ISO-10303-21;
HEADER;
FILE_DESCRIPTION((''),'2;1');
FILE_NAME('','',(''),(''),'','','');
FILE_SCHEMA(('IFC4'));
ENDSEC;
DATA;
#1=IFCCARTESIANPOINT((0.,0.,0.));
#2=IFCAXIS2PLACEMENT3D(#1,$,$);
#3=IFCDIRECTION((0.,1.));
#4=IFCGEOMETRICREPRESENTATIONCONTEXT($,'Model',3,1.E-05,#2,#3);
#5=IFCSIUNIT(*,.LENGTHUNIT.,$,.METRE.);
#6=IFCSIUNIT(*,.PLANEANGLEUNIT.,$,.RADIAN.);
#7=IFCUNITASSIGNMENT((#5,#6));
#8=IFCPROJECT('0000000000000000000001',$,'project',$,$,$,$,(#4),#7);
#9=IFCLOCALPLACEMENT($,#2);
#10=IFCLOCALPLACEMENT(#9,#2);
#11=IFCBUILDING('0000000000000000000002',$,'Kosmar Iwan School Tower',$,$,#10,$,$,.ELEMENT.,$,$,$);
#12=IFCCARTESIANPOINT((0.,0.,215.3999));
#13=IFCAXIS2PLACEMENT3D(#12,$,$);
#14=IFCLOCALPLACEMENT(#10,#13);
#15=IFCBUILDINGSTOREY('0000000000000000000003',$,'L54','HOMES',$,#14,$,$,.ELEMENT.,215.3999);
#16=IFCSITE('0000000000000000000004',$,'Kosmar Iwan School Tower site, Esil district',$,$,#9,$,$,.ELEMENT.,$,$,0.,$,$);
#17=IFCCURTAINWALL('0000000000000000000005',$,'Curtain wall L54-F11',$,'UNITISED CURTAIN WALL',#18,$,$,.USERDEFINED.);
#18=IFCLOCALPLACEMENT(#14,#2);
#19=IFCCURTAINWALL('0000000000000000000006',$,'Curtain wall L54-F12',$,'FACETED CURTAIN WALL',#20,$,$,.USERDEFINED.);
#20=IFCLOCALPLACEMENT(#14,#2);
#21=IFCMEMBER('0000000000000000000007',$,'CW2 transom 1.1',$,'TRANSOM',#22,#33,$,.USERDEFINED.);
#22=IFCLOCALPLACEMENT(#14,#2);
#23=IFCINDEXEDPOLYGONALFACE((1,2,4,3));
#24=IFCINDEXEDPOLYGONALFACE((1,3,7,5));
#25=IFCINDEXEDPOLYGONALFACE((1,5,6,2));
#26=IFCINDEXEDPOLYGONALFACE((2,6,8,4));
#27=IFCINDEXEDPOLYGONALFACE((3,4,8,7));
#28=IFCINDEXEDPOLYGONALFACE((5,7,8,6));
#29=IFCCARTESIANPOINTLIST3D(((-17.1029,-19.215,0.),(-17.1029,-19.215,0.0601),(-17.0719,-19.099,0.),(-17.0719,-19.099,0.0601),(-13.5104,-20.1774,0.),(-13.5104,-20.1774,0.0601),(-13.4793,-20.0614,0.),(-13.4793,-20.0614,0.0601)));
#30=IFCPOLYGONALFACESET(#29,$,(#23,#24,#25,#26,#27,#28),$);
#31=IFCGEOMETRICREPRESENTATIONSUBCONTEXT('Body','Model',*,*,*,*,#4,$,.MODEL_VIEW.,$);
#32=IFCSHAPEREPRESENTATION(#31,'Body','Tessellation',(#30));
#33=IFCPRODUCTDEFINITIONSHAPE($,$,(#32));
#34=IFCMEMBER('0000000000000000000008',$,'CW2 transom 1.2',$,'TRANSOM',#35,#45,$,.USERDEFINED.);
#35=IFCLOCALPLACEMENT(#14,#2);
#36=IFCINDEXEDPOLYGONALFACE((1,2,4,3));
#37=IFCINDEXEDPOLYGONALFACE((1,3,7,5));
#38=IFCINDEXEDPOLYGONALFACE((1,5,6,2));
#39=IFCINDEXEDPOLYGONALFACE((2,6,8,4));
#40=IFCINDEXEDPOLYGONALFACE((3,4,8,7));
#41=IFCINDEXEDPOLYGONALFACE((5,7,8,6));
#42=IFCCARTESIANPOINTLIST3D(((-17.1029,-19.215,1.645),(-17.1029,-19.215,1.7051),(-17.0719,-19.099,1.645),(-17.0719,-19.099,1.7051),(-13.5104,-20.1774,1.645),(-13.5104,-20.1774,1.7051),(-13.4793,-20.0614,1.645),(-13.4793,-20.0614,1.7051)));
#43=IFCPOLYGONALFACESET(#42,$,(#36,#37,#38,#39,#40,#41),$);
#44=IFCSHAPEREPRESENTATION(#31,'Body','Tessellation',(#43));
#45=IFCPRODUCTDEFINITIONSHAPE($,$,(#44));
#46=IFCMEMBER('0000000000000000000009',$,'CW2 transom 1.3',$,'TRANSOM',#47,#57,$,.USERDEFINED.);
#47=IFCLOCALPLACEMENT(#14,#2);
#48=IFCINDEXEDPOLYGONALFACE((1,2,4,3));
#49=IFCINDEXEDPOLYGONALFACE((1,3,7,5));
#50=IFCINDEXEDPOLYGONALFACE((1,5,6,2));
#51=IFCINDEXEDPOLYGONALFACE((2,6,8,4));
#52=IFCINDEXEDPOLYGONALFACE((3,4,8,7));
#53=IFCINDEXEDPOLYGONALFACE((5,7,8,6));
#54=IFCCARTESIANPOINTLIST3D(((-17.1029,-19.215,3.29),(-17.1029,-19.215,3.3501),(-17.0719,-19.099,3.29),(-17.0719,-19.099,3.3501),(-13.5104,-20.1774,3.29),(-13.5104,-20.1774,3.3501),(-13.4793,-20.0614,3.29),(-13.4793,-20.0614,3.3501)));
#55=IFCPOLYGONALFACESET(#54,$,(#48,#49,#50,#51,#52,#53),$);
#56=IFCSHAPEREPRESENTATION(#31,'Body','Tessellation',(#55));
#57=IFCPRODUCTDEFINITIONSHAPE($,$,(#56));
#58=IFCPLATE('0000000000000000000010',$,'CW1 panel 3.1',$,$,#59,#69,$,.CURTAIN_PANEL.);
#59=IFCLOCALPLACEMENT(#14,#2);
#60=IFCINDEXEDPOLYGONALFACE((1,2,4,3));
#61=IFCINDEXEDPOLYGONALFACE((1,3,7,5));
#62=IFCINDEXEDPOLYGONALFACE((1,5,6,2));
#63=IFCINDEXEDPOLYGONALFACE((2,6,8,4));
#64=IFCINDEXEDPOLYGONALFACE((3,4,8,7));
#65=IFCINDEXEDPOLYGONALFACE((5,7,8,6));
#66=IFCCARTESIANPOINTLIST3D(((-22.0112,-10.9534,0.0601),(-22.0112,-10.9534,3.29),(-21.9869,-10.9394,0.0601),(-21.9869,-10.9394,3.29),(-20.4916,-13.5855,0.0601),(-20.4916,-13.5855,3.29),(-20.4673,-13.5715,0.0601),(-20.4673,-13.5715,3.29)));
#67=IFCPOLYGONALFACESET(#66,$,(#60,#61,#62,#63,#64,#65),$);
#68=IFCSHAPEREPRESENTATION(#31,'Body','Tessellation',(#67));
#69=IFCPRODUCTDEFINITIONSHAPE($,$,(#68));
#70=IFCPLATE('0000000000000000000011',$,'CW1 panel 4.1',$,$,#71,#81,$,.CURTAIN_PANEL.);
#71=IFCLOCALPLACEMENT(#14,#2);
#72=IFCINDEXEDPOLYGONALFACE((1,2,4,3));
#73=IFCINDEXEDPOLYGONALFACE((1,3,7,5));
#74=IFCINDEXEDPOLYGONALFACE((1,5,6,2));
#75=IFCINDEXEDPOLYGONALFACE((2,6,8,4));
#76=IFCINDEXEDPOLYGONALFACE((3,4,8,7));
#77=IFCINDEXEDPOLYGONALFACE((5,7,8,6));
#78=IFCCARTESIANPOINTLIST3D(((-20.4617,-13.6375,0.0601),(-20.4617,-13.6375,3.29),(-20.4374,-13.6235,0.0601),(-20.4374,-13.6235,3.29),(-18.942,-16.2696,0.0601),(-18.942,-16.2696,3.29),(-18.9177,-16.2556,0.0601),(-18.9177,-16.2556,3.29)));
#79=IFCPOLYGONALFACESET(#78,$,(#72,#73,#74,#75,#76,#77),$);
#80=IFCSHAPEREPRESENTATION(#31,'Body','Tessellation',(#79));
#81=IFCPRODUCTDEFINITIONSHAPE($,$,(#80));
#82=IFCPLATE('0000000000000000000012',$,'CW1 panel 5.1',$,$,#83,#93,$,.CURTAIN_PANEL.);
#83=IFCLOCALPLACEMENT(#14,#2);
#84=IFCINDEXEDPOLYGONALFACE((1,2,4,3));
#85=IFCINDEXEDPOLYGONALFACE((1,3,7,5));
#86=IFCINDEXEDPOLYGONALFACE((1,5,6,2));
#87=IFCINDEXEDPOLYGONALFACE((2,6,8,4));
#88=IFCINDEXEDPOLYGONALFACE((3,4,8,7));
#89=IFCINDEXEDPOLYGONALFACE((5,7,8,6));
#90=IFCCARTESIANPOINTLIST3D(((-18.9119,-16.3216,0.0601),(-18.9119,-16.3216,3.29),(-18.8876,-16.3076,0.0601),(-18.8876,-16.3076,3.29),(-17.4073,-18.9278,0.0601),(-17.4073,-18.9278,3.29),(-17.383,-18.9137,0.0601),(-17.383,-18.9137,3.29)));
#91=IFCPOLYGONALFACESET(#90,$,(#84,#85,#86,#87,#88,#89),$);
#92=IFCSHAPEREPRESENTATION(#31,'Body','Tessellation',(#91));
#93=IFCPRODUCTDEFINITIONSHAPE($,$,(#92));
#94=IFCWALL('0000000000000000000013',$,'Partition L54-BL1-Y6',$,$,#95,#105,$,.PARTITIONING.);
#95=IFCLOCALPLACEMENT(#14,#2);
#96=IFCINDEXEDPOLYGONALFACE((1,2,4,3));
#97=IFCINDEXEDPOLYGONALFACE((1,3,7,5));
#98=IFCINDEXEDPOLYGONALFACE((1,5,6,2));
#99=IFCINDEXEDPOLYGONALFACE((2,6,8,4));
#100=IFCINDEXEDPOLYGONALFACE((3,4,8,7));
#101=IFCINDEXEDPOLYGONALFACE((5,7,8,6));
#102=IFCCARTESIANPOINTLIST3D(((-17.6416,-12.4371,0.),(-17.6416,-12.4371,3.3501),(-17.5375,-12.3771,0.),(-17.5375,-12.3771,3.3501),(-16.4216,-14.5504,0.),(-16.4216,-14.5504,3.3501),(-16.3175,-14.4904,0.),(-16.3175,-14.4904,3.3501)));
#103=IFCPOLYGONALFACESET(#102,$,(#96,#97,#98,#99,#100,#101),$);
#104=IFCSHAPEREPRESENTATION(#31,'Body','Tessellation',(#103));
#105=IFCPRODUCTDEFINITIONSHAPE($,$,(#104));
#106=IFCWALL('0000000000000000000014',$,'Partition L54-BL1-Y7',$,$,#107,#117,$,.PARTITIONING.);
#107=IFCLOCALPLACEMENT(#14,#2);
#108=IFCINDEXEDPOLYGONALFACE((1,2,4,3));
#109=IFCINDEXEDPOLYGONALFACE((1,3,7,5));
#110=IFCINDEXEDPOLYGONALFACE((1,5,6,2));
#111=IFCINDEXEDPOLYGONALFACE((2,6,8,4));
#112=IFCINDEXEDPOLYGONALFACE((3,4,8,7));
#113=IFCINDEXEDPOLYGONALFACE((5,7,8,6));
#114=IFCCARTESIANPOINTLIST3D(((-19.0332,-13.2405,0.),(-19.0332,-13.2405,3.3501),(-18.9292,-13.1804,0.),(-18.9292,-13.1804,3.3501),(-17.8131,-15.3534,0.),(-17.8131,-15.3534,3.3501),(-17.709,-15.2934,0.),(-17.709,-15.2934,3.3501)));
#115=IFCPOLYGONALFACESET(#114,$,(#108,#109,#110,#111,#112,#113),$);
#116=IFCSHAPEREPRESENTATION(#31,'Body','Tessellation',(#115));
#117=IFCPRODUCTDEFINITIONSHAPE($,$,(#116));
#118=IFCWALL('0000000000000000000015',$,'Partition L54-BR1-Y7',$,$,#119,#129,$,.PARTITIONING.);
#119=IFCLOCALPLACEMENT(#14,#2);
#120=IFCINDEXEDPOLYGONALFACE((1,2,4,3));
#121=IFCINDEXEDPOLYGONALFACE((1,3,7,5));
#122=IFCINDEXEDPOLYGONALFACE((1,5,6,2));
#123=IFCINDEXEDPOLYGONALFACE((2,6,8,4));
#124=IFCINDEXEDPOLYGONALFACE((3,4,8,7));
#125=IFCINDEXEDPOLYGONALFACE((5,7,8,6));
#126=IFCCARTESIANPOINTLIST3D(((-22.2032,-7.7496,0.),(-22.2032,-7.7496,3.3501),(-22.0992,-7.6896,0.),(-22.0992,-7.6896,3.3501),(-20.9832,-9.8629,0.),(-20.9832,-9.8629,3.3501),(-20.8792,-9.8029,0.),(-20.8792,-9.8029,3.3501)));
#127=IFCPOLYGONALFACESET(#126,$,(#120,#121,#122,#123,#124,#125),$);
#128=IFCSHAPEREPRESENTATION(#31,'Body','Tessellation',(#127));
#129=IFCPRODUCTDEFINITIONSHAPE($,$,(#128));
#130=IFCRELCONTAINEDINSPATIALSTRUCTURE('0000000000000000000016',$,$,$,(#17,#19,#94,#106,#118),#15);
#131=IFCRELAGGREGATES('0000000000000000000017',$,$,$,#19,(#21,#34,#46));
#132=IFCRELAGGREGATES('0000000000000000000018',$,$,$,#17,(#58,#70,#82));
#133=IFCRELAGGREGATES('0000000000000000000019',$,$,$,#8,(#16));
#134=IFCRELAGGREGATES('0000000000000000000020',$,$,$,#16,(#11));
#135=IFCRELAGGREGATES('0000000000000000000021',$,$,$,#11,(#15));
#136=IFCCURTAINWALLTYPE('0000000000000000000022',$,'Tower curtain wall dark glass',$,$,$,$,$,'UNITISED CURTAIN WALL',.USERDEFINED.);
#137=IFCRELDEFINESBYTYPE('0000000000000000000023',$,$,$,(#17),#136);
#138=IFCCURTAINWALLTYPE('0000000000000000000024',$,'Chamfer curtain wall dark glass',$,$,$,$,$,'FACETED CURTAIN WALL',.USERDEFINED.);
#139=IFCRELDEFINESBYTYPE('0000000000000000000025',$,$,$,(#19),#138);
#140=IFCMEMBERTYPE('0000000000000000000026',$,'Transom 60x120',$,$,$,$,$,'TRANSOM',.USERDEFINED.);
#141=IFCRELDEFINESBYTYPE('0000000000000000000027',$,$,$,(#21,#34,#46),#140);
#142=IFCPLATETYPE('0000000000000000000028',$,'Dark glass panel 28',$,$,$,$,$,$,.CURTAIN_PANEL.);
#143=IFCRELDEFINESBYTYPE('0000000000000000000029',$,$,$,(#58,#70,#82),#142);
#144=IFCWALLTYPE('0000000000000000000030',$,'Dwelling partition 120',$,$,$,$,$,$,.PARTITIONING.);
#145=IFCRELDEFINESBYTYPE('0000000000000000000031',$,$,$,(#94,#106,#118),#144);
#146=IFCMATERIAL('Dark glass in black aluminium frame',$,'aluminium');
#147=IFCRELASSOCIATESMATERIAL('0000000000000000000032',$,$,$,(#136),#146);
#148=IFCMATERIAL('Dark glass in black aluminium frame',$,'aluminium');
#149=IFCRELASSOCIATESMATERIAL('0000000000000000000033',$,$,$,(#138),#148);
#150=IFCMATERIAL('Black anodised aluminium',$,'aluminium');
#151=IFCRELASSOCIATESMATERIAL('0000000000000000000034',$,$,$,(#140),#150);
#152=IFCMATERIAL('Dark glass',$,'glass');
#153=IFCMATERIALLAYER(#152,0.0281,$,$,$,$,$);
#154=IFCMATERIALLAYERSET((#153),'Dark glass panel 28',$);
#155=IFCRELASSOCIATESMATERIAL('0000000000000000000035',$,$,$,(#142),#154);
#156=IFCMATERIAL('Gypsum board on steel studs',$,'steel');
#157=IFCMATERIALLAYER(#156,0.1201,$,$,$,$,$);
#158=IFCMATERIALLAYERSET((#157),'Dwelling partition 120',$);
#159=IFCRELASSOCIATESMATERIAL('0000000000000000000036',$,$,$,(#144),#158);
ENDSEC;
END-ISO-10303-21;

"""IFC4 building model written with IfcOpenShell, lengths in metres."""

from ifc_helpers import new_model, si_unit, direction, frame, frame_2d, origin, origin_2d, place, context, subcontext, project, spatial, rectangle, extrude, material, layer, layer_set, material_profile, profile_set, type_object, element, aggregate, save


model = new_model("IFC4")

# Units and contexts
model_context = context("Model", 3, precision=1e-05, world=origin(), true_north=direction((0.0, 1.0)))
body_context = subcontext(model_context, "Body", "Model", "MODEL_VIEW")
ifc_project = project(units=[si_unit("LENGTHUNIT", "METRE"), si_unit("PLANEANGLEUNIT", "RADIAN")], contexts=[model_context])

# Site, building, storey
site_placement = place(None, origin())
site = spatial("IfcSite", under=ifc_project, at=site_placement, Name="Kosmar Iwan School Tower site, Esil district", CompositionType="ELEMENT", RefElevation=0.0)
building_placement = place(site_placement, origin())
building = spatial("IfcBuilding", under=site, at=building_placement, Name="Kosmar Iwan School Tower", CompositionType="ELEMENT")
storey_placement = place(building_placement, frame((0.0, 0.0, 215.3999)))
storey = spatial("IfcBuildingStorey", under=building, at=storey_placement, Name="L54", Description="HOMES", CompositionType="ELEMENT", Elevation=215.3999)

# Curtain wall
ifc_material_1 = material(Name="Dark glass in black aluminium frame", Category="aluminium")
curtain_wall_type_1 = type_object("IfcCurtainWallType", Name="Tower curtain wall dark glass", ElementType="UNITISED CURTAIN WALL", PredefinedType="USERDEFINED", material=ifc_material_1)
curtain_wall_1_placement = place(storey_placement, origin())
curtain_wall_1 = element("IfcCurtainWall", 1, at=curtain_wall_1_placement, inside=storey, type_object=curtain_wall_type_1, Name="Curtain wall L54-F11", ObjectType="UNITISED CURTAIN WALL", PredefinedType="USERDEFINED")

# Curtain wall
ifc_material_2 = material(Name="Dark glass in black aluminium frame", Category="aluminium")
curtain_wall_type_2 = type_object("IfcCurtainWallType", Name="Chamfer curtain wall dark glass", ElementType="FACETED CURTAIN WALL", PredefinedType="USERDEFINED", material=ifc_material_2)
curtain_wall_2_placement = place(storey_placement, origin())
curtain_wall_2 = element("IfcCurtainWall", 2, at=curtain_wall_2_placement, inside=storey, type_object=curtain_wall_type_2, Name="Curtain wall L54-F12", ObjectType="FACETED CURTAIN WALL", PredefinedType="USERDEFINED")

# Members
ifc_material_3 = material(Name="Black anodised aluminium", Category="aluminium")
ifc_material_profile_1 = material_profile(ifc_material_3, rectangle(XDim=0.1201, YDim=0.0601, at=origin_2d()), Name="TRANSOM 60x120")
ifc_profile_set_1 = profile_set([ifc_material_profile_1], Name="Black anodised aluminium")
member_type_1 = type_object("IfcMemberType", Name="Transom 60x120", ElementType="TRANSOM", PredefinedType="USERDEFINED", material=ifc_profile_set_1)
member_1_placement = place(storey_placement, frame((-17.0874, -19.157, 0.03), z_axis=(0.96594, -0.258766, 0.0), x_axis=(0.258766, 0.96594, 0.0)))
member_1 = element("IfcMember", 3, at=member_1_placement, type_object=member_type_1, Name="CW2 transom 1.1", ObjectType="TRANSOM", PredefinedType="USERDEFINED", context=body_context, shape_type="SweptSolid", body=[
    extrude(rectangle(XDim=0.1201, YDim=0.0601, at=origin_2d()), origin(), (0.0, 0.0, 1.0), 3.7192),
])
member_2_placement = place(storey_placement, frame((-17.0874, -19.157, 1.675), z_axis=(0.96594, -0.258766, 0.0), x_axis=(0.258766, 0.96594, 0.0)))
member_2 = element("IfcMember", 4, at=member_2_placement, type_object=member_type_1, Name="CW2 transom 1.2", ObjectType="TRANSOM", PredefinedType="USERDEFINED", context=body_context, shape_type="SweptSolid", body=[
    extrude(rectangle(XDim=0.1201, YDim=0.0601, at=origin_2d()), origin(), (0.0, 0.0, 1.0), 3.7192),
])
member_3_placement = place(storey_placement, frame((-17.0874, -19.157, 3.3201), z_axis=(0.96594, -0.258766, 0.0), x_axis=(0.258766, 0.96594, 0.0)))
member_3 = element("IfcMember", 5, at=member_3_placement, type_object=member_type_1, Name="CW2 transom 1.3", ObjectType="TRANSOM", PredefinedType="USERDEFINED", context=body_context, shape_type="SweptSolid", body=[
    extrude(rectangle(XDim=0.1201, YDim=0.0601, at=origin_2d()), origin(), (0.0, 0.0, 1.0), 3.7192),
])
aggregate(curtain_wall_2, [member_1, member_2, member_3])

# Plates
ifc_material_4 = material(Name="Dark glass", Category="glass")
ifc_layer_1 = layer(ifc_material_4, 0.0281)
ifc_layer_set_1 = layer_set([ifc_layer_1], Name="Dark glass panel 28")
plate_type = type_object("IfcPlateType", Name="Dark glass panel 28", PredefinedType="CURTAIN_PANEL", material=ifc_layer_set_1)
plate_1_placement = place(storey_placement, frame((-21.2393, -12.2625, 0.0601), z_axis=(0.0, 0.0, 1.0), x_axis=(0.5, -0.866025, 0.0)))
plate_1 = element("IfcPlate", 6, at=plate_1_placement, type_object=plate_type, Name="CW1 panel 3.1", PredefinedType="CURTAIN_PANEL", context=body_context, shape_type="SweptSolid", body=[
    extrude(rectangle(XDim=3.0393, YDim=0.0281, at=origin_2d()), origin(), (0.0, 0.0, 1.0), 3.23),
])
plate_2_placement = place(storey_placement, frame((-19.6897, -14.9465, 0.0601), z_axis=(0.0, 0.0, 1.0), x_axis=(0.5, -0.866025, 0.0)))
plate_2 = element("IfcPlate", 7, at=plate_2_placement, type_object=plate_type, Name="CW1 panel 4.1", PredefinedType="CURTAIN_PANEL", context=body_context, shape_type="SweptSolid", body=[
    extrude(rectangle(XDim=3.0393, YDim=0.0281, at=origin_2d()), origin(), (0.0, 0.0, 1.0), 3.23),
])
plate_3_placement = place(storey_placement, frame((-18.1475, -17.6177, 0.0601), z_axis=(0.0, 0.0, 1.0), x_axis=(0.5, -0.866025, 0.0)))
plate_3 = element("IfcPlate", 8, at=plate_3_placement, type_object=plate_type, Name="CW1 panel 5.1", PredefinedType="CURTAIN_PANEL", context=body_context, shape_type="SweptSolid", body=[
    extrude(rectangle(XDim=3.0093, YDim=0.0281, at=origin_2d()), origin(), (0.0, 0.0, 1.0), 3.23),
])
aggregate(curtain_wall_1, [plate_1, plate_2, plate_3])

# Walls
ifc_material_5 = material(Name="Gypsum board on steel studs", Category="steel")
ifc_layer_2 = layer(ifc_material_5, 0.1201)
ifc_layer_set_2 = layer_set([ifc_layer_2], Name="Dwelling partition 120")
wall_type = type_object("IfcWallType", Name="Dwelling partition 120", PredefinedType="PARTITIONING", material=ifc_layer_set_2)
wall_1_placement = place(storey_placement, frame((-17.5896, -12.407, 0.0), z_axis=(0.0, 0.0, 1.0), x_axis=(0.499959, -0.866049, 0.0)))
element("IfcWall", 9, at=wall_1_placement, inside=storey, type_object=wall_type, Name="Partition L54-BL1-Y6", PredefinedType="PARTITIONING", context=body_context, shape_type="SweptSolid", body=[
    extrude(rectangle(XDim=2.4402, YDim=0.1201, at=frame_2d((1.2202, 0.0))), origin(), (0.0, 0.0, 1.0), 3.3501),
])
wall_2_placement = place(storey_placement, frame((-18.9812, -13.2104, 0.0), z_axis=(0.0, 0.0, 1.0), x_axis=(0.500078, -0.865981, 0.0)))
element("IfcWall", 10, at=wall_2_placement, inside=storey, type_object=wall_type, Name="Partition L54-BL1-Y7", PredefinedType="PARTITIONING", context=body_context, shape_type="SweptSolid", body=[
    extrude(rectangle(XDim=2.4399, YDim=0.1201, at=frame_2d((1.22, 0.0))), origin(), (0.0, 0.0, 1.0), 3.3501),
])
wall_3_placement = place(storey_placement, frame((-20.9312, -9.833, 0.0), z_axis=(0.0, 0.0, 1.0), x_axis=(-0.499959, 0.866049, 0.0)))
element("IfcWall", 11, at=wall_3_placement, inside=storey, type_object=wall_type, Name="Partition L54-BR1-Y7", PredefinedType="PARTITIONING", context=body_context, shape_type="SweptSolid", body=[
    extrude(rectangle(XDim=2.4402, YDim=0.1201, at=frame_2d((1.2202, 0.0))), origin(), (0.0, 0.0, 1.0), 3.3501),
])

save(model, "model.ifc")
